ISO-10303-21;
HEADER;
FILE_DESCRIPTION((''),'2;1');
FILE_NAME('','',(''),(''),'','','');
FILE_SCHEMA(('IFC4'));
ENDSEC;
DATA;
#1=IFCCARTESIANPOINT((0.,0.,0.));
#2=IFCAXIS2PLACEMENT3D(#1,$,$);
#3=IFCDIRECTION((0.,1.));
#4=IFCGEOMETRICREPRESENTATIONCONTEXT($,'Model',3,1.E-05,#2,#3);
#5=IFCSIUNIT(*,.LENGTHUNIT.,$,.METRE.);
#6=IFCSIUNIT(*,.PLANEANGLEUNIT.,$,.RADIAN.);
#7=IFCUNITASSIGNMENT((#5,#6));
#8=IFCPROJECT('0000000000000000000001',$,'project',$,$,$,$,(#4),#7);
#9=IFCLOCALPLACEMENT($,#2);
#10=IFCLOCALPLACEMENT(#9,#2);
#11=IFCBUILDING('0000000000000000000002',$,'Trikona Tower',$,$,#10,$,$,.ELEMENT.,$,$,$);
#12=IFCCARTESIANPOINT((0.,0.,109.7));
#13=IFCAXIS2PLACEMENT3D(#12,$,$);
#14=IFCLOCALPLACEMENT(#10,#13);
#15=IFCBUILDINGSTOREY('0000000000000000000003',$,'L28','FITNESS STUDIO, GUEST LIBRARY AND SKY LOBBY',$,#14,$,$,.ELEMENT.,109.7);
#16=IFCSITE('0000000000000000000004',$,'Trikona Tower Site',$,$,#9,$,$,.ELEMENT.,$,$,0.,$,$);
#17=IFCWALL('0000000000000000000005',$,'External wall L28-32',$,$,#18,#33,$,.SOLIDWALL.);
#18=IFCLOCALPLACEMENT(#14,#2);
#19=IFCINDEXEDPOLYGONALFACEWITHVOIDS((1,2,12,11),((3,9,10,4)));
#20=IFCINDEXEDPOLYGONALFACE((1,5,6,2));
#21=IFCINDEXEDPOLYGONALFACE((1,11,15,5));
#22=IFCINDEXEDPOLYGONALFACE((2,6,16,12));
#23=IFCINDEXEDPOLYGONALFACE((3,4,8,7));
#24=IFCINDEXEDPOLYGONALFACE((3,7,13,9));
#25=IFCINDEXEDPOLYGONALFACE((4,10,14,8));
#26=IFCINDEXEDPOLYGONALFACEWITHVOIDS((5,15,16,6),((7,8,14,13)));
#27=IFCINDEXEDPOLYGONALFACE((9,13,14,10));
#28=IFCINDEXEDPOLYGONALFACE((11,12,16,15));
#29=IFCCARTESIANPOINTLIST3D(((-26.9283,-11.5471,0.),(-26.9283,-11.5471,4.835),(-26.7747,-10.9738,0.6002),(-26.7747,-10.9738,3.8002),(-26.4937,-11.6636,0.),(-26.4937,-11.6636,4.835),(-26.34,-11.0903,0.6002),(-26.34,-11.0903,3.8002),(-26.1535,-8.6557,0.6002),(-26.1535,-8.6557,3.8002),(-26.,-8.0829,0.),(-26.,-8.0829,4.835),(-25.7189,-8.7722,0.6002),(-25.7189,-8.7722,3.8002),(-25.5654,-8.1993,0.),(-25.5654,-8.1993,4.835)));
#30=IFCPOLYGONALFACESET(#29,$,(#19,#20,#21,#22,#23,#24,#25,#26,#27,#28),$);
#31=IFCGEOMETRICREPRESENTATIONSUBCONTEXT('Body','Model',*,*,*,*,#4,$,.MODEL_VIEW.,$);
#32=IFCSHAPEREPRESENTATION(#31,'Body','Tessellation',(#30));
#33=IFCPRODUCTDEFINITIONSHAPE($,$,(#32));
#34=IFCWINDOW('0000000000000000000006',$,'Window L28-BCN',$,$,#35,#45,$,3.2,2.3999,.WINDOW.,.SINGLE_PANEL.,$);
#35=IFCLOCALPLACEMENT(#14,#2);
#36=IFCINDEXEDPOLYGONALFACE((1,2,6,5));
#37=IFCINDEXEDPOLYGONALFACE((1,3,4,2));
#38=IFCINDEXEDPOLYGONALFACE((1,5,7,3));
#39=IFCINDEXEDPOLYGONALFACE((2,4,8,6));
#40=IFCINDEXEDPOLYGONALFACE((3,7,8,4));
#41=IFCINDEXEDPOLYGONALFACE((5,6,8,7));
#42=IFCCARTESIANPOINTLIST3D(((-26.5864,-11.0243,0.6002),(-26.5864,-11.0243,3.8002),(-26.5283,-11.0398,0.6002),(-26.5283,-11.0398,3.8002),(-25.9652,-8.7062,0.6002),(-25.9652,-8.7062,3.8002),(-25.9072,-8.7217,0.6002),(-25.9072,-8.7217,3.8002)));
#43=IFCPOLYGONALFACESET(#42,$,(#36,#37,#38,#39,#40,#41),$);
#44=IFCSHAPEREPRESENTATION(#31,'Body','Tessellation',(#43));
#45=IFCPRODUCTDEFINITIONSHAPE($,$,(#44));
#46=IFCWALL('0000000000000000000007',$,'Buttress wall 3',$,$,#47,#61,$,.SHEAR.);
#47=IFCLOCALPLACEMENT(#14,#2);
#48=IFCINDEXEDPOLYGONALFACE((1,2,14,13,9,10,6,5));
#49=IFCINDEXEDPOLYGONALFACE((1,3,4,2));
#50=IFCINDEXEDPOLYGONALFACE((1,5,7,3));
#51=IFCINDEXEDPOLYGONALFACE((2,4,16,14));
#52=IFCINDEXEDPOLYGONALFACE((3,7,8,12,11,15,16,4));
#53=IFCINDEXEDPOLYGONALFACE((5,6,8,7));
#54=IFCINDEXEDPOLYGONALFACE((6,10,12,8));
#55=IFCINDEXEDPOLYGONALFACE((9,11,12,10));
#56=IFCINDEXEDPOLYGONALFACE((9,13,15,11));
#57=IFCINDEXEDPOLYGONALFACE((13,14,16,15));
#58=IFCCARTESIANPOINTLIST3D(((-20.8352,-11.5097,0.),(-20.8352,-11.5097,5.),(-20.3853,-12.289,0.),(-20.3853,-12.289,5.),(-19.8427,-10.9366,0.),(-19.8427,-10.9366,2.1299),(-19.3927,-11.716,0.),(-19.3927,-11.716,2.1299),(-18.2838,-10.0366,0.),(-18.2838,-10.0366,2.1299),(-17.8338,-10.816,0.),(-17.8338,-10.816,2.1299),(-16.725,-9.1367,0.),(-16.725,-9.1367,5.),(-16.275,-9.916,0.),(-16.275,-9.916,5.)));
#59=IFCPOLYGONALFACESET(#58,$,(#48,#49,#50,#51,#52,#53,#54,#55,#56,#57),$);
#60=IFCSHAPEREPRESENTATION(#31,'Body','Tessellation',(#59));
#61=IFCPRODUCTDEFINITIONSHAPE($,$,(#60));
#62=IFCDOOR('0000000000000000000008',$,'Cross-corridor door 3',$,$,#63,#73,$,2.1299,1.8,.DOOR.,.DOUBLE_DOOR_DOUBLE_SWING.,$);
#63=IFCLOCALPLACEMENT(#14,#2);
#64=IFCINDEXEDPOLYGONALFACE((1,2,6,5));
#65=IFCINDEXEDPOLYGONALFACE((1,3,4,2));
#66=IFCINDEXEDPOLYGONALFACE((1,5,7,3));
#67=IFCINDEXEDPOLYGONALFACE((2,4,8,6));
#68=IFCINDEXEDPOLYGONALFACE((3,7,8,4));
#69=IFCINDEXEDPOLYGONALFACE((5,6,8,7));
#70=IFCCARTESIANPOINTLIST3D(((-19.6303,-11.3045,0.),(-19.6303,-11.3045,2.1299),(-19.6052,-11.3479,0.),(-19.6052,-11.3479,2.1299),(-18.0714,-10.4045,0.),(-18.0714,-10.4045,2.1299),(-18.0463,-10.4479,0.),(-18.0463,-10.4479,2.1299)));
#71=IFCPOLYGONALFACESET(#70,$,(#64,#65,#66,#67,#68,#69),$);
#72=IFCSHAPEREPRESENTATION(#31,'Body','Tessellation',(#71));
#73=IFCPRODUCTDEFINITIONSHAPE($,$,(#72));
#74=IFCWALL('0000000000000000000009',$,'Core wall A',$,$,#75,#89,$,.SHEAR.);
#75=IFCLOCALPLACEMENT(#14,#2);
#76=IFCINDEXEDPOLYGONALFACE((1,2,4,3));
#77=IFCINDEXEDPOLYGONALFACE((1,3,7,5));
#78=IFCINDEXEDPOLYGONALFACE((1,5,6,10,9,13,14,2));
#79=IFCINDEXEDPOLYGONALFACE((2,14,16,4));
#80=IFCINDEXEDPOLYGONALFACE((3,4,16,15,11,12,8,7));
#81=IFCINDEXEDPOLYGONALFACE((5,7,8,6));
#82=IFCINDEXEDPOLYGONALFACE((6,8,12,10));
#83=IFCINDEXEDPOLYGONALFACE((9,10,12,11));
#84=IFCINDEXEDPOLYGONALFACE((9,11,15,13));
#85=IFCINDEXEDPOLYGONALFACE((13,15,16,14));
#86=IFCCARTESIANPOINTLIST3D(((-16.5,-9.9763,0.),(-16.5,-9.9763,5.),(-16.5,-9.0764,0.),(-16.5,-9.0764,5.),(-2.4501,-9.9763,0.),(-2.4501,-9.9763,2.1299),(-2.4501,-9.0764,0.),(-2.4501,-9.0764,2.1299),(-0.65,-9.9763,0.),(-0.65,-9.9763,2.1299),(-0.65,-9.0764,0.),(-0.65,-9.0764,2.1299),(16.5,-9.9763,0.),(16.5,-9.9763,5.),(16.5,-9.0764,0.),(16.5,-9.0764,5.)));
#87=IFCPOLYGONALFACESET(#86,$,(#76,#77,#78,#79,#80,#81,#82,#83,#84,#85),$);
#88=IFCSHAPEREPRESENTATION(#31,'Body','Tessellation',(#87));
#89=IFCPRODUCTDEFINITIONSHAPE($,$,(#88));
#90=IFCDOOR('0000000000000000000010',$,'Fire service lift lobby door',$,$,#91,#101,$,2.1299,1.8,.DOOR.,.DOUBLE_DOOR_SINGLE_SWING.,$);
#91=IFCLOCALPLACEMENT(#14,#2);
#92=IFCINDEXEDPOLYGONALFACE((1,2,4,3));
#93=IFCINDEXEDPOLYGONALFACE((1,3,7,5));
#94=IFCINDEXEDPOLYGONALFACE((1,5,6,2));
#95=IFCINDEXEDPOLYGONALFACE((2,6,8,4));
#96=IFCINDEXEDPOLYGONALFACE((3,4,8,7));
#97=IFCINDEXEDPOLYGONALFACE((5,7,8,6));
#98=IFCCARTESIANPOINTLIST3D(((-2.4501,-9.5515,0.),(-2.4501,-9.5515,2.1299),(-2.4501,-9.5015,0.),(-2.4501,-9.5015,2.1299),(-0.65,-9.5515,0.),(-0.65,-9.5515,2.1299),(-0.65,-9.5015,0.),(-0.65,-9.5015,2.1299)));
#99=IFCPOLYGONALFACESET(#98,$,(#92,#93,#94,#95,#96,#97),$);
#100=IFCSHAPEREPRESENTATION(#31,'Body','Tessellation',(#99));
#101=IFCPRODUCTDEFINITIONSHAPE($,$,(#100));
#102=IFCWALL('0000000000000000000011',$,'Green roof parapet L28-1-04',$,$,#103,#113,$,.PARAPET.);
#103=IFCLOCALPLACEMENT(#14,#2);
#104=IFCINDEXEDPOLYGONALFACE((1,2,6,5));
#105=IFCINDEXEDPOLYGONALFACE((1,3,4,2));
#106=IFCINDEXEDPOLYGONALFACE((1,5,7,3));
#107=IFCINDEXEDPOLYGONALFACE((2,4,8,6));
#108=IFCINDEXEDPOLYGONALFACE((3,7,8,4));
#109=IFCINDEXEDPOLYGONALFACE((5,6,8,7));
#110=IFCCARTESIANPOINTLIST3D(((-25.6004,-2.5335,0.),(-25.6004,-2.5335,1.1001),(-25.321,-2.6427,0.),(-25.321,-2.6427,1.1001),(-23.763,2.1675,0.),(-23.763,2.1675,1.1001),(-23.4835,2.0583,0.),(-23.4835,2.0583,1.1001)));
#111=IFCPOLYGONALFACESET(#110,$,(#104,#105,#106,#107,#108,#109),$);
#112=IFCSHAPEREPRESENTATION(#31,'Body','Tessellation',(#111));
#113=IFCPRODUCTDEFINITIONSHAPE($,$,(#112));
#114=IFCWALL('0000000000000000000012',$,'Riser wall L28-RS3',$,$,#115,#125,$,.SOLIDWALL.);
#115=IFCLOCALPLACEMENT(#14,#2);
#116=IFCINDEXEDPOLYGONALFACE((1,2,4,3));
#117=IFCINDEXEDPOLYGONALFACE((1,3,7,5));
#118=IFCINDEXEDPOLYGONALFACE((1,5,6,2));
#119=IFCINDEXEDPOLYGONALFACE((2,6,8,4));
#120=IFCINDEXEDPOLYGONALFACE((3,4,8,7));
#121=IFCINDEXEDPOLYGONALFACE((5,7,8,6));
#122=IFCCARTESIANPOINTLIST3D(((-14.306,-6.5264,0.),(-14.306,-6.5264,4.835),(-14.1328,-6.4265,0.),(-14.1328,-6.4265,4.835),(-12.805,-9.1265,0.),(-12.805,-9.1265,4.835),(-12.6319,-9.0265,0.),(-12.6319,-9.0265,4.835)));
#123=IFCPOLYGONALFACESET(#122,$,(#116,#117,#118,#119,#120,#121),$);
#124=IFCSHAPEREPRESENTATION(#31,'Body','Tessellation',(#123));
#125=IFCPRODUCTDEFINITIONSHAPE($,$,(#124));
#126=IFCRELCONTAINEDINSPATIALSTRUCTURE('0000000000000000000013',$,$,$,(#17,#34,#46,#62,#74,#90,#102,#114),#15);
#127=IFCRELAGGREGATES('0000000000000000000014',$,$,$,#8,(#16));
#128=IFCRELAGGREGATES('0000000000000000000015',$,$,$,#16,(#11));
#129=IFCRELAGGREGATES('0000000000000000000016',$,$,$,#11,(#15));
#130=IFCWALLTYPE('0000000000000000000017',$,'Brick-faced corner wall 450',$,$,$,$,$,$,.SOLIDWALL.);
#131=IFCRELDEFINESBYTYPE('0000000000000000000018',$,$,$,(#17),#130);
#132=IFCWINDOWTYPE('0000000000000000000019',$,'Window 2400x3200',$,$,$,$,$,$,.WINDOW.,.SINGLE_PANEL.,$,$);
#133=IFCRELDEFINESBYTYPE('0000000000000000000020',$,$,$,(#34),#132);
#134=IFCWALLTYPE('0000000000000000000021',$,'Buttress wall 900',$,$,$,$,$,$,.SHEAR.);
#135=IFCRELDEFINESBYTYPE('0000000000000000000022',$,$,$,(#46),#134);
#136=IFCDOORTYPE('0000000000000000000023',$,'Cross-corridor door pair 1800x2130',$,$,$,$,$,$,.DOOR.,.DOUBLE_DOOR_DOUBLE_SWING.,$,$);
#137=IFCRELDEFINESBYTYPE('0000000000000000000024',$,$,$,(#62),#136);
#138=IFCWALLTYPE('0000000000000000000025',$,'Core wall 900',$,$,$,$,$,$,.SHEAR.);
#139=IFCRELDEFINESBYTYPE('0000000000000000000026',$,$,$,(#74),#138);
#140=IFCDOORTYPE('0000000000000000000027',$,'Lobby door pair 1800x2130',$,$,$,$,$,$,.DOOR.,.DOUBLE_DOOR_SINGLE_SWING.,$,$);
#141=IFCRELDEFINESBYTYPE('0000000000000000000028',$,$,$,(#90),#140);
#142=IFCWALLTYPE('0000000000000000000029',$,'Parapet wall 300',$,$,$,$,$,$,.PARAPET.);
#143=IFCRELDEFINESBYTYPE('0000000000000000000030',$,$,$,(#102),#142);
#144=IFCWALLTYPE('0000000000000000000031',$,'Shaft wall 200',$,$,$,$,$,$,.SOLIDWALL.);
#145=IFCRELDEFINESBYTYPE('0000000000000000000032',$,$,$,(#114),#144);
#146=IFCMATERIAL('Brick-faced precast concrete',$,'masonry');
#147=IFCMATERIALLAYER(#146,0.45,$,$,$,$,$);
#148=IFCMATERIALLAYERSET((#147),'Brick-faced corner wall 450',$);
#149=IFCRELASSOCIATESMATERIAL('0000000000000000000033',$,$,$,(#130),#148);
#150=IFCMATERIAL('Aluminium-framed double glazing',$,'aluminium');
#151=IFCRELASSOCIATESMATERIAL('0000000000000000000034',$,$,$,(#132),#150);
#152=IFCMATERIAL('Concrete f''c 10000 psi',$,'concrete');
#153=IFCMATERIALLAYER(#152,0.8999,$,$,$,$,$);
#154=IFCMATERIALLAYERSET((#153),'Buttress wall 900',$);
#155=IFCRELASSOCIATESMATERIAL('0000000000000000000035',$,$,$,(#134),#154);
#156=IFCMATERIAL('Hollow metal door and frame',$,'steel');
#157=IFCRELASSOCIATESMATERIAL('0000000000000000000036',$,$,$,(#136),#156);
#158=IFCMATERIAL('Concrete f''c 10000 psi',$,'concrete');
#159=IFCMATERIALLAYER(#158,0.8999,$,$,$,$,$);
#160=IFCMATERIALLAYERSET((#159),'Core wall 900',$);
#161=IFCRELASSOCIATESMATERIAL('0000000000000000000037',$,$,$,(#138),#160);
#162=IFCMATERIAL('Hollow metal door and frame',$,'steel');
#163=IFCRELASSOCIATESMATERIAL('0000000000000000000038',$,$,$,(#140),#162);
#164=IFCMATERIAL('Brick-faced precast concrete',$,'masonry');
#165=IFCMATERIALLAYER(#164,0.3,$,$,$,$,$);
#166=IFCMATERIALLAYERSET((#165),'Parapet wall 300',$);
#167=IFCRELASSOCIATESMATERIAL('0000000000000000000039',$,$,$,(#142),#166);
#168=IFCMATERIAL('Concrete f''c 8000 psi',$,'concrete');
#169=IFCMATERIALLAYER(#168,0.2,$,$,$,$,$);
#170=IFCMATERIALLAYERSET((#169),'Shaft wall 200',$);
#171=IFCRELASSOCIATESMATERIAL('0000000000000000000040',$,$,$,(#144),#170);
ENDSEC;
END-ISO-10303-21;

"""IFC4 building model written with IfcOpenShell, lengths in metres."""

from ifc_helpers import new_model, si_unit, direction, frame, frame_2d, origin, place, context, subcontext, project, spatial, rectangle, extrude, material, layer, layer_set, type_object, element, fill, save


model = new_model("IFC4")

# Units and contexts
model_context = context("Model", 3, precision=1e-05, world=origin(), true_north=direction((0.0, 1.0)))
body_context = subcontext(model_context, "Body", "Model", "MODEL_VIEW")
ifc_project = project(units=[si_unit("LENGTHUNIT", "METRE"), si_unit("PLANEANGLEUNIT", "RADIAN")], contexts=[model_context])

# Site, building, storey
site_placement = place(None, origin())
site = spatial("IfcSite", under=ifc_project, at=site_placement, Name="Trikona Tower Site", CompositionType="ELEMENT", RefElevation=0.0)
building_placement = place(site_placement, origin())
building = spatial("IfcBuilding", under=site, at=building_placement, Name="Trikona Tower", CompositionType="ELEMENT")
storey_placement = place(building_placement, frame((0.0, 0.0, 109.7)))
storey = spatial("IfcBuildingStorey", under=building, at=storey_placement, Name="L28", Description="FITNESS STUDIO, GUEST LIBRARY AND SKY LOBBY", CompositionType="ELEMENT", Elevation=109.7)

# Wall, opening, window
ifc_material_1 = material(Name="Brick-faced precast concrete", Category="masonry")
ifc_layer_1 = layer(ifc_material_1, 0.45)
ifc_layer_set_1 = layer_set([ifc_layer_1], Name="Brick-faced corner wall 450")
wall_type_1 = type_object("IfcWallType", Name="Brick-faced corner wall 450", PredefinedType="SOLIDWALL", material=ifc_layer_set_1)
wall_1_placement = place(storey_placement, frame((-25.7827, -8.1411, 0.0), z_axis=(0.0, 0.0, 1.0), x_axis=(-0.258823, -0.965925, 0.0)))
wall_1 = element("IfcWall", 1, at=wall_1_placement, inside=storey, type_object=wall_type_1, Name="External wall L28-32", PredefinedType="SOLIDWALL", context=body_context, shape_type="SweptSolid", body=[
    extrude(rectangle(XDim=3.5864, YDim=0.45, at=frame_2d((1.7932, 0.0))), origin(), (0.0, 0.0, 1.0), 4.835),
])
opening_1_placement = place(wall_1_placement, frame((0.593, 0.0, 0.6001)))
opening_1 = element("IfcOpeningElement", 2, at=opening_1_placement, cuts=wall_1, PredefinedType="OPENING", context=body_context, shape_type="SweptSolid", body=[
    extrude(rectangle(XDim=2.3999, YDim=3.2, at=frame_2d((1.2, 1.6001))), frame((0.0, 0.2349, 0.0), z_axis=(0.0, -1.0, 0.0), x_axis=(1.0, 0.0, 0.0)), (0.0, 0.0, 1.0), 0.47),
])
ifc_material_2 = material(Name="Aluminium-framed double glazing", Category="aluminium")
window_type = type_object("IfcWindowType", Name="Window 2400x3200", PartitioningType="SINGLE_PANEL", PredefinedType="WINDOW", material=ifc_material_2)
window_placement = place(opening_1_placement, origin())
window = element("IfcWindow", 3, at=window_placement, inside=storey, type_object=window_type, Name="Window L28-BCN", OverallHeight=3.2, OverallWidth=2.3999, PartitioningType="SINGLE_PANEL", PredefinedType="WINDOW", context=body_context, shape_type="SweptSolid", body=[
    extrude(rectangle(XDim=2.3999, YDim=3.2, at=frame_2d((1.2, 1.6001))), frame((0.0, 0.03, 0.0), z_axis=(0.0, -1.0, 0.0), x_axis=(1.0, 0.0, 0.0)), (0.0, 0.0, 1.0), 0.0601),
])
fill(opening_1, window)

# Walls, openings, doors
ifc_material_3 = material(Name="Concrete f'c 10000 psi", Category="concrete")
ifc_layer_2 = layer(ifc_material_3, 0.8999)
ifc_layer_set_2 = layer_set([ifc_layer_2], Name="Buttress wall 900")
wall_type_2 = type_object("IfcWallType", Name="Buttress wall 900", PredefinedType="SHEAR", material=ifc_layer_set_2)
wall_2_placement = place(storey_placement, frame((-16.5, -9.5264, 0.0), z_axis=(0.0, 0.0, 1.0), x_axis=(-0.866031, -0.49999, 0.0)))
wall_2 = element("IfcWall", 4, at=wall_2_placement, inside=storey, type_object=wall_type_2, Name="Buttress wall 3", PredefinedType="SHEAR", context=body_context, shape_type="SweptSolid", body=[
    extrude(rectangle(XDim=4.7461, YDim=0.8999, at=frame_2d((2.373, 0.0))), origin(), (0.0, 0.0, 1.0), 5.0),
])
opening_2_placement = place(wall_2_placement, frame((1.8, 0.0, 0.0)))
opening_2 = element("IfcOpeningElement", 5, at=opening_2_placement, cuts=wall_2, PredefinedType="OPENING", context=body_context, shape_type="SweptSolid", body=[
    extrude(rectangle(XDim=1.8, YDim=2.1299, at=frame_2d((0.8999, 1.0649))), frame((0.0, 0.46, 0.0), z_axis=(0.0, -1.0, 0.0), x_axis=(1.0, 0.0, 0.0)), (0.0, 0.0, 1.0), 0.9199),
])
ifc_material_4 = material(Name="Hollow metal door and frame", Category="steel")
door_type_1 = type_object("IfcDoorType", Name="Cross-corridor door pair 1800x2130", OperationType="DOUBLE_DOOR_DOUBLE_SWING", PredefinedType="DOOR", material=ifc_material_4)
door_1_placement = place(opening_2_placement, origin())
door_1 = element("IfcDoor", 6, at=door_1_placement, inside=storey, type_object=door_type_1, Name="Cross-corridor door 3", OperationType="DOUBLE_DOOR_DOUBLE_SWING", OverallHeight=2.1299, OverallWidth=1.8, PredefinedType="DOOR", context=body_context, shape_type="SweptSolid", body=[
    extrude(rectangle(XDim=1.8, YDim=2.1299, at=frame_2d((0.8999, 1.0649))), frame((0.0, 0.0249, 0.0), z_axis=(0.0, -1.0, 0.0), x_axis=(1.0, 0.0, 0.0)), (0.0, 0.0, 1.0), 0.05),
])
fill(opening_2, door_1)
ifc_material_5 = material(Name="Concrete f'c 10000 psi", Category="concrete")
ifc_layer_3 = layer(ifc_material_5, 0.8999)
ifc_layer_set_3 = layer_set([ifc_layer_3], Name="Core wall 900")
wall_type_3 = type_object("IfcWallType", Name="Core wall 900", PredefinedType="SHEAR", material=ifc_layer_set_3)
wall_3_placement = place(storey_placement, frame((-16.5, -9.5264, 0.0), z_axis=(0.0, 0.0, 1.0), x_axis=(1.0, 0.0, 0.0)))
wall_3 = element("IfcWall", 7, at=wall_3_placement, inside=storey, type_object=wall_type_3, Name="Core wall A", PredefinedType="SHEAR", context=body_context, shape_type="SweptSolid", body=[
    extrude(rectangle(XDim=33.0, YDim=0.8999, at=frame_2d((16.5, 0.0))), origin(), (0.0, 0.0, 1.0), 5.0),
])
opening_3_placement = place(wall_3_placement, frame((14.05, 0.0, 0.0)))
opening_3 = element("IfcOpeningElement", 8, at=opening_3_placement, cuts=wall_3, PredefinedType="OPENING", context=body_context, shape_type="SweptSolid", body=[
    extrude(rectangle(XDim=1.8, YDim=2.1299, at=frame_2d((0.8999, 1.0649))), frame((0.0, 0.46, 0.0), z_axis=(0.0, -1.0, 0.0), x_axis=(1.0, 0.0, 0.0)), (0.0, 0.0, 1.0), 0.9199),
])
ifc_material_6 = material(Name="Hollow metal door and frame", Category="steel")
door_type_2 = type_object("IfcDoorType", Name="Lobby door pair 1800x2130", OperationType="DOUBLE_DOOR_SINGLE_SWING", PredefinedType="DOOR", material=ifc_material_6)
door_2_placement = place(opening_3_placement, origin())
door_2 = element("IfcDoor", 9, at=door_2_placement, inside=storey, type_object=door_type_2, Name="Fire service lift lobby door", OperationType="DOUBLE_DOOR_SINGLE_SWING", OverallHeight=2.1299, OverallWidth=1.8, PredefinedType="DOOR", context=body_context, shape_type="SweptSolid", body=[
    extrude(rectangle(XDim=1.8, YDim=2.1299, at=frame_2d((0.8999, 1.0649))), frame((0.0, 0.0249, 0.0), z_axis=(0.0, -1.0, 0.0), x_axis=(1.0, 0.0, 0.0)), (0.0, 0.0, 1.0), 0.05),
])
fill(opening_3, door_2)

# Walls
ifc_material_7 = material(Name="Brick-faced precast concrete", Category="masonry")
ifc_layer_4 = layer(ifc_material_7, 0.3)
ifc_layer_set_4 = layer_set([ifc_layer_4], Name="Parapet wall 300")
wall_type_4 = type_object("IfcWallType", Name="Parapet wall 300", PredefinedType="PARAPET", material=ifc_layer_set_4)
wall_4_placement = place(storey_placement, frame((-25.4607, -2.5881, 0.0), z_axis=(0.0, 0.0, 1.0), x_axis=(0.36404, 0.931383, 0.0)))
element("IfcWall", 10, at=wall_4_placement, inside=storey, type_object=wall_type_4, Name="Green roof parapet L28-1-04", PredefinedType="PARAPET", context=body_context, shape_type="SweptSolid", body=[
    extrude(rectangle(XDim=5.0474, YDim=0.3, at=frame_2d((2.5237, 0.0))), origin(), (0.0, 0.0, 1.0), 1.1001),
])
ifc_material_8 = material(Name="Concrete f'c 8000 psi", Category="concrete")
ifc_layer_5 = layer(ifc_material_8, 0.2)
ifc_layer_set_5 = layer_set([ifc_layer_5], Name="Shaft wall 200")
wall_type_5 = type_object("IfcWallType", Name="Shaft wall 200", PredefinedType="SOLIDWALL", material=ifc_layer_set_5)
wall_5_placement = place(storey_placement, frame((-12.7185, -9.0764, 0.0), z_axis=(0.0, 0.0, 1.0), x_axis=(-0.499952, 0.866053, 0.0)))
element("IfcWall", 11, at=wall_5_placement, inside=storey, type_object=wall_type_5, Name="Riser wall L28-RS3", PredefinedType="SOLIDWALL", context=body_context, shape_type="SweptSolid", body=[
    extrude(rectangle(XDim=3.0022, YDim=0.2, at=frame_2d((1.501, 0.0))), origin(), (0.0, 0.0, 1.0), 4.835),
])

save(model, "model.ifc")
